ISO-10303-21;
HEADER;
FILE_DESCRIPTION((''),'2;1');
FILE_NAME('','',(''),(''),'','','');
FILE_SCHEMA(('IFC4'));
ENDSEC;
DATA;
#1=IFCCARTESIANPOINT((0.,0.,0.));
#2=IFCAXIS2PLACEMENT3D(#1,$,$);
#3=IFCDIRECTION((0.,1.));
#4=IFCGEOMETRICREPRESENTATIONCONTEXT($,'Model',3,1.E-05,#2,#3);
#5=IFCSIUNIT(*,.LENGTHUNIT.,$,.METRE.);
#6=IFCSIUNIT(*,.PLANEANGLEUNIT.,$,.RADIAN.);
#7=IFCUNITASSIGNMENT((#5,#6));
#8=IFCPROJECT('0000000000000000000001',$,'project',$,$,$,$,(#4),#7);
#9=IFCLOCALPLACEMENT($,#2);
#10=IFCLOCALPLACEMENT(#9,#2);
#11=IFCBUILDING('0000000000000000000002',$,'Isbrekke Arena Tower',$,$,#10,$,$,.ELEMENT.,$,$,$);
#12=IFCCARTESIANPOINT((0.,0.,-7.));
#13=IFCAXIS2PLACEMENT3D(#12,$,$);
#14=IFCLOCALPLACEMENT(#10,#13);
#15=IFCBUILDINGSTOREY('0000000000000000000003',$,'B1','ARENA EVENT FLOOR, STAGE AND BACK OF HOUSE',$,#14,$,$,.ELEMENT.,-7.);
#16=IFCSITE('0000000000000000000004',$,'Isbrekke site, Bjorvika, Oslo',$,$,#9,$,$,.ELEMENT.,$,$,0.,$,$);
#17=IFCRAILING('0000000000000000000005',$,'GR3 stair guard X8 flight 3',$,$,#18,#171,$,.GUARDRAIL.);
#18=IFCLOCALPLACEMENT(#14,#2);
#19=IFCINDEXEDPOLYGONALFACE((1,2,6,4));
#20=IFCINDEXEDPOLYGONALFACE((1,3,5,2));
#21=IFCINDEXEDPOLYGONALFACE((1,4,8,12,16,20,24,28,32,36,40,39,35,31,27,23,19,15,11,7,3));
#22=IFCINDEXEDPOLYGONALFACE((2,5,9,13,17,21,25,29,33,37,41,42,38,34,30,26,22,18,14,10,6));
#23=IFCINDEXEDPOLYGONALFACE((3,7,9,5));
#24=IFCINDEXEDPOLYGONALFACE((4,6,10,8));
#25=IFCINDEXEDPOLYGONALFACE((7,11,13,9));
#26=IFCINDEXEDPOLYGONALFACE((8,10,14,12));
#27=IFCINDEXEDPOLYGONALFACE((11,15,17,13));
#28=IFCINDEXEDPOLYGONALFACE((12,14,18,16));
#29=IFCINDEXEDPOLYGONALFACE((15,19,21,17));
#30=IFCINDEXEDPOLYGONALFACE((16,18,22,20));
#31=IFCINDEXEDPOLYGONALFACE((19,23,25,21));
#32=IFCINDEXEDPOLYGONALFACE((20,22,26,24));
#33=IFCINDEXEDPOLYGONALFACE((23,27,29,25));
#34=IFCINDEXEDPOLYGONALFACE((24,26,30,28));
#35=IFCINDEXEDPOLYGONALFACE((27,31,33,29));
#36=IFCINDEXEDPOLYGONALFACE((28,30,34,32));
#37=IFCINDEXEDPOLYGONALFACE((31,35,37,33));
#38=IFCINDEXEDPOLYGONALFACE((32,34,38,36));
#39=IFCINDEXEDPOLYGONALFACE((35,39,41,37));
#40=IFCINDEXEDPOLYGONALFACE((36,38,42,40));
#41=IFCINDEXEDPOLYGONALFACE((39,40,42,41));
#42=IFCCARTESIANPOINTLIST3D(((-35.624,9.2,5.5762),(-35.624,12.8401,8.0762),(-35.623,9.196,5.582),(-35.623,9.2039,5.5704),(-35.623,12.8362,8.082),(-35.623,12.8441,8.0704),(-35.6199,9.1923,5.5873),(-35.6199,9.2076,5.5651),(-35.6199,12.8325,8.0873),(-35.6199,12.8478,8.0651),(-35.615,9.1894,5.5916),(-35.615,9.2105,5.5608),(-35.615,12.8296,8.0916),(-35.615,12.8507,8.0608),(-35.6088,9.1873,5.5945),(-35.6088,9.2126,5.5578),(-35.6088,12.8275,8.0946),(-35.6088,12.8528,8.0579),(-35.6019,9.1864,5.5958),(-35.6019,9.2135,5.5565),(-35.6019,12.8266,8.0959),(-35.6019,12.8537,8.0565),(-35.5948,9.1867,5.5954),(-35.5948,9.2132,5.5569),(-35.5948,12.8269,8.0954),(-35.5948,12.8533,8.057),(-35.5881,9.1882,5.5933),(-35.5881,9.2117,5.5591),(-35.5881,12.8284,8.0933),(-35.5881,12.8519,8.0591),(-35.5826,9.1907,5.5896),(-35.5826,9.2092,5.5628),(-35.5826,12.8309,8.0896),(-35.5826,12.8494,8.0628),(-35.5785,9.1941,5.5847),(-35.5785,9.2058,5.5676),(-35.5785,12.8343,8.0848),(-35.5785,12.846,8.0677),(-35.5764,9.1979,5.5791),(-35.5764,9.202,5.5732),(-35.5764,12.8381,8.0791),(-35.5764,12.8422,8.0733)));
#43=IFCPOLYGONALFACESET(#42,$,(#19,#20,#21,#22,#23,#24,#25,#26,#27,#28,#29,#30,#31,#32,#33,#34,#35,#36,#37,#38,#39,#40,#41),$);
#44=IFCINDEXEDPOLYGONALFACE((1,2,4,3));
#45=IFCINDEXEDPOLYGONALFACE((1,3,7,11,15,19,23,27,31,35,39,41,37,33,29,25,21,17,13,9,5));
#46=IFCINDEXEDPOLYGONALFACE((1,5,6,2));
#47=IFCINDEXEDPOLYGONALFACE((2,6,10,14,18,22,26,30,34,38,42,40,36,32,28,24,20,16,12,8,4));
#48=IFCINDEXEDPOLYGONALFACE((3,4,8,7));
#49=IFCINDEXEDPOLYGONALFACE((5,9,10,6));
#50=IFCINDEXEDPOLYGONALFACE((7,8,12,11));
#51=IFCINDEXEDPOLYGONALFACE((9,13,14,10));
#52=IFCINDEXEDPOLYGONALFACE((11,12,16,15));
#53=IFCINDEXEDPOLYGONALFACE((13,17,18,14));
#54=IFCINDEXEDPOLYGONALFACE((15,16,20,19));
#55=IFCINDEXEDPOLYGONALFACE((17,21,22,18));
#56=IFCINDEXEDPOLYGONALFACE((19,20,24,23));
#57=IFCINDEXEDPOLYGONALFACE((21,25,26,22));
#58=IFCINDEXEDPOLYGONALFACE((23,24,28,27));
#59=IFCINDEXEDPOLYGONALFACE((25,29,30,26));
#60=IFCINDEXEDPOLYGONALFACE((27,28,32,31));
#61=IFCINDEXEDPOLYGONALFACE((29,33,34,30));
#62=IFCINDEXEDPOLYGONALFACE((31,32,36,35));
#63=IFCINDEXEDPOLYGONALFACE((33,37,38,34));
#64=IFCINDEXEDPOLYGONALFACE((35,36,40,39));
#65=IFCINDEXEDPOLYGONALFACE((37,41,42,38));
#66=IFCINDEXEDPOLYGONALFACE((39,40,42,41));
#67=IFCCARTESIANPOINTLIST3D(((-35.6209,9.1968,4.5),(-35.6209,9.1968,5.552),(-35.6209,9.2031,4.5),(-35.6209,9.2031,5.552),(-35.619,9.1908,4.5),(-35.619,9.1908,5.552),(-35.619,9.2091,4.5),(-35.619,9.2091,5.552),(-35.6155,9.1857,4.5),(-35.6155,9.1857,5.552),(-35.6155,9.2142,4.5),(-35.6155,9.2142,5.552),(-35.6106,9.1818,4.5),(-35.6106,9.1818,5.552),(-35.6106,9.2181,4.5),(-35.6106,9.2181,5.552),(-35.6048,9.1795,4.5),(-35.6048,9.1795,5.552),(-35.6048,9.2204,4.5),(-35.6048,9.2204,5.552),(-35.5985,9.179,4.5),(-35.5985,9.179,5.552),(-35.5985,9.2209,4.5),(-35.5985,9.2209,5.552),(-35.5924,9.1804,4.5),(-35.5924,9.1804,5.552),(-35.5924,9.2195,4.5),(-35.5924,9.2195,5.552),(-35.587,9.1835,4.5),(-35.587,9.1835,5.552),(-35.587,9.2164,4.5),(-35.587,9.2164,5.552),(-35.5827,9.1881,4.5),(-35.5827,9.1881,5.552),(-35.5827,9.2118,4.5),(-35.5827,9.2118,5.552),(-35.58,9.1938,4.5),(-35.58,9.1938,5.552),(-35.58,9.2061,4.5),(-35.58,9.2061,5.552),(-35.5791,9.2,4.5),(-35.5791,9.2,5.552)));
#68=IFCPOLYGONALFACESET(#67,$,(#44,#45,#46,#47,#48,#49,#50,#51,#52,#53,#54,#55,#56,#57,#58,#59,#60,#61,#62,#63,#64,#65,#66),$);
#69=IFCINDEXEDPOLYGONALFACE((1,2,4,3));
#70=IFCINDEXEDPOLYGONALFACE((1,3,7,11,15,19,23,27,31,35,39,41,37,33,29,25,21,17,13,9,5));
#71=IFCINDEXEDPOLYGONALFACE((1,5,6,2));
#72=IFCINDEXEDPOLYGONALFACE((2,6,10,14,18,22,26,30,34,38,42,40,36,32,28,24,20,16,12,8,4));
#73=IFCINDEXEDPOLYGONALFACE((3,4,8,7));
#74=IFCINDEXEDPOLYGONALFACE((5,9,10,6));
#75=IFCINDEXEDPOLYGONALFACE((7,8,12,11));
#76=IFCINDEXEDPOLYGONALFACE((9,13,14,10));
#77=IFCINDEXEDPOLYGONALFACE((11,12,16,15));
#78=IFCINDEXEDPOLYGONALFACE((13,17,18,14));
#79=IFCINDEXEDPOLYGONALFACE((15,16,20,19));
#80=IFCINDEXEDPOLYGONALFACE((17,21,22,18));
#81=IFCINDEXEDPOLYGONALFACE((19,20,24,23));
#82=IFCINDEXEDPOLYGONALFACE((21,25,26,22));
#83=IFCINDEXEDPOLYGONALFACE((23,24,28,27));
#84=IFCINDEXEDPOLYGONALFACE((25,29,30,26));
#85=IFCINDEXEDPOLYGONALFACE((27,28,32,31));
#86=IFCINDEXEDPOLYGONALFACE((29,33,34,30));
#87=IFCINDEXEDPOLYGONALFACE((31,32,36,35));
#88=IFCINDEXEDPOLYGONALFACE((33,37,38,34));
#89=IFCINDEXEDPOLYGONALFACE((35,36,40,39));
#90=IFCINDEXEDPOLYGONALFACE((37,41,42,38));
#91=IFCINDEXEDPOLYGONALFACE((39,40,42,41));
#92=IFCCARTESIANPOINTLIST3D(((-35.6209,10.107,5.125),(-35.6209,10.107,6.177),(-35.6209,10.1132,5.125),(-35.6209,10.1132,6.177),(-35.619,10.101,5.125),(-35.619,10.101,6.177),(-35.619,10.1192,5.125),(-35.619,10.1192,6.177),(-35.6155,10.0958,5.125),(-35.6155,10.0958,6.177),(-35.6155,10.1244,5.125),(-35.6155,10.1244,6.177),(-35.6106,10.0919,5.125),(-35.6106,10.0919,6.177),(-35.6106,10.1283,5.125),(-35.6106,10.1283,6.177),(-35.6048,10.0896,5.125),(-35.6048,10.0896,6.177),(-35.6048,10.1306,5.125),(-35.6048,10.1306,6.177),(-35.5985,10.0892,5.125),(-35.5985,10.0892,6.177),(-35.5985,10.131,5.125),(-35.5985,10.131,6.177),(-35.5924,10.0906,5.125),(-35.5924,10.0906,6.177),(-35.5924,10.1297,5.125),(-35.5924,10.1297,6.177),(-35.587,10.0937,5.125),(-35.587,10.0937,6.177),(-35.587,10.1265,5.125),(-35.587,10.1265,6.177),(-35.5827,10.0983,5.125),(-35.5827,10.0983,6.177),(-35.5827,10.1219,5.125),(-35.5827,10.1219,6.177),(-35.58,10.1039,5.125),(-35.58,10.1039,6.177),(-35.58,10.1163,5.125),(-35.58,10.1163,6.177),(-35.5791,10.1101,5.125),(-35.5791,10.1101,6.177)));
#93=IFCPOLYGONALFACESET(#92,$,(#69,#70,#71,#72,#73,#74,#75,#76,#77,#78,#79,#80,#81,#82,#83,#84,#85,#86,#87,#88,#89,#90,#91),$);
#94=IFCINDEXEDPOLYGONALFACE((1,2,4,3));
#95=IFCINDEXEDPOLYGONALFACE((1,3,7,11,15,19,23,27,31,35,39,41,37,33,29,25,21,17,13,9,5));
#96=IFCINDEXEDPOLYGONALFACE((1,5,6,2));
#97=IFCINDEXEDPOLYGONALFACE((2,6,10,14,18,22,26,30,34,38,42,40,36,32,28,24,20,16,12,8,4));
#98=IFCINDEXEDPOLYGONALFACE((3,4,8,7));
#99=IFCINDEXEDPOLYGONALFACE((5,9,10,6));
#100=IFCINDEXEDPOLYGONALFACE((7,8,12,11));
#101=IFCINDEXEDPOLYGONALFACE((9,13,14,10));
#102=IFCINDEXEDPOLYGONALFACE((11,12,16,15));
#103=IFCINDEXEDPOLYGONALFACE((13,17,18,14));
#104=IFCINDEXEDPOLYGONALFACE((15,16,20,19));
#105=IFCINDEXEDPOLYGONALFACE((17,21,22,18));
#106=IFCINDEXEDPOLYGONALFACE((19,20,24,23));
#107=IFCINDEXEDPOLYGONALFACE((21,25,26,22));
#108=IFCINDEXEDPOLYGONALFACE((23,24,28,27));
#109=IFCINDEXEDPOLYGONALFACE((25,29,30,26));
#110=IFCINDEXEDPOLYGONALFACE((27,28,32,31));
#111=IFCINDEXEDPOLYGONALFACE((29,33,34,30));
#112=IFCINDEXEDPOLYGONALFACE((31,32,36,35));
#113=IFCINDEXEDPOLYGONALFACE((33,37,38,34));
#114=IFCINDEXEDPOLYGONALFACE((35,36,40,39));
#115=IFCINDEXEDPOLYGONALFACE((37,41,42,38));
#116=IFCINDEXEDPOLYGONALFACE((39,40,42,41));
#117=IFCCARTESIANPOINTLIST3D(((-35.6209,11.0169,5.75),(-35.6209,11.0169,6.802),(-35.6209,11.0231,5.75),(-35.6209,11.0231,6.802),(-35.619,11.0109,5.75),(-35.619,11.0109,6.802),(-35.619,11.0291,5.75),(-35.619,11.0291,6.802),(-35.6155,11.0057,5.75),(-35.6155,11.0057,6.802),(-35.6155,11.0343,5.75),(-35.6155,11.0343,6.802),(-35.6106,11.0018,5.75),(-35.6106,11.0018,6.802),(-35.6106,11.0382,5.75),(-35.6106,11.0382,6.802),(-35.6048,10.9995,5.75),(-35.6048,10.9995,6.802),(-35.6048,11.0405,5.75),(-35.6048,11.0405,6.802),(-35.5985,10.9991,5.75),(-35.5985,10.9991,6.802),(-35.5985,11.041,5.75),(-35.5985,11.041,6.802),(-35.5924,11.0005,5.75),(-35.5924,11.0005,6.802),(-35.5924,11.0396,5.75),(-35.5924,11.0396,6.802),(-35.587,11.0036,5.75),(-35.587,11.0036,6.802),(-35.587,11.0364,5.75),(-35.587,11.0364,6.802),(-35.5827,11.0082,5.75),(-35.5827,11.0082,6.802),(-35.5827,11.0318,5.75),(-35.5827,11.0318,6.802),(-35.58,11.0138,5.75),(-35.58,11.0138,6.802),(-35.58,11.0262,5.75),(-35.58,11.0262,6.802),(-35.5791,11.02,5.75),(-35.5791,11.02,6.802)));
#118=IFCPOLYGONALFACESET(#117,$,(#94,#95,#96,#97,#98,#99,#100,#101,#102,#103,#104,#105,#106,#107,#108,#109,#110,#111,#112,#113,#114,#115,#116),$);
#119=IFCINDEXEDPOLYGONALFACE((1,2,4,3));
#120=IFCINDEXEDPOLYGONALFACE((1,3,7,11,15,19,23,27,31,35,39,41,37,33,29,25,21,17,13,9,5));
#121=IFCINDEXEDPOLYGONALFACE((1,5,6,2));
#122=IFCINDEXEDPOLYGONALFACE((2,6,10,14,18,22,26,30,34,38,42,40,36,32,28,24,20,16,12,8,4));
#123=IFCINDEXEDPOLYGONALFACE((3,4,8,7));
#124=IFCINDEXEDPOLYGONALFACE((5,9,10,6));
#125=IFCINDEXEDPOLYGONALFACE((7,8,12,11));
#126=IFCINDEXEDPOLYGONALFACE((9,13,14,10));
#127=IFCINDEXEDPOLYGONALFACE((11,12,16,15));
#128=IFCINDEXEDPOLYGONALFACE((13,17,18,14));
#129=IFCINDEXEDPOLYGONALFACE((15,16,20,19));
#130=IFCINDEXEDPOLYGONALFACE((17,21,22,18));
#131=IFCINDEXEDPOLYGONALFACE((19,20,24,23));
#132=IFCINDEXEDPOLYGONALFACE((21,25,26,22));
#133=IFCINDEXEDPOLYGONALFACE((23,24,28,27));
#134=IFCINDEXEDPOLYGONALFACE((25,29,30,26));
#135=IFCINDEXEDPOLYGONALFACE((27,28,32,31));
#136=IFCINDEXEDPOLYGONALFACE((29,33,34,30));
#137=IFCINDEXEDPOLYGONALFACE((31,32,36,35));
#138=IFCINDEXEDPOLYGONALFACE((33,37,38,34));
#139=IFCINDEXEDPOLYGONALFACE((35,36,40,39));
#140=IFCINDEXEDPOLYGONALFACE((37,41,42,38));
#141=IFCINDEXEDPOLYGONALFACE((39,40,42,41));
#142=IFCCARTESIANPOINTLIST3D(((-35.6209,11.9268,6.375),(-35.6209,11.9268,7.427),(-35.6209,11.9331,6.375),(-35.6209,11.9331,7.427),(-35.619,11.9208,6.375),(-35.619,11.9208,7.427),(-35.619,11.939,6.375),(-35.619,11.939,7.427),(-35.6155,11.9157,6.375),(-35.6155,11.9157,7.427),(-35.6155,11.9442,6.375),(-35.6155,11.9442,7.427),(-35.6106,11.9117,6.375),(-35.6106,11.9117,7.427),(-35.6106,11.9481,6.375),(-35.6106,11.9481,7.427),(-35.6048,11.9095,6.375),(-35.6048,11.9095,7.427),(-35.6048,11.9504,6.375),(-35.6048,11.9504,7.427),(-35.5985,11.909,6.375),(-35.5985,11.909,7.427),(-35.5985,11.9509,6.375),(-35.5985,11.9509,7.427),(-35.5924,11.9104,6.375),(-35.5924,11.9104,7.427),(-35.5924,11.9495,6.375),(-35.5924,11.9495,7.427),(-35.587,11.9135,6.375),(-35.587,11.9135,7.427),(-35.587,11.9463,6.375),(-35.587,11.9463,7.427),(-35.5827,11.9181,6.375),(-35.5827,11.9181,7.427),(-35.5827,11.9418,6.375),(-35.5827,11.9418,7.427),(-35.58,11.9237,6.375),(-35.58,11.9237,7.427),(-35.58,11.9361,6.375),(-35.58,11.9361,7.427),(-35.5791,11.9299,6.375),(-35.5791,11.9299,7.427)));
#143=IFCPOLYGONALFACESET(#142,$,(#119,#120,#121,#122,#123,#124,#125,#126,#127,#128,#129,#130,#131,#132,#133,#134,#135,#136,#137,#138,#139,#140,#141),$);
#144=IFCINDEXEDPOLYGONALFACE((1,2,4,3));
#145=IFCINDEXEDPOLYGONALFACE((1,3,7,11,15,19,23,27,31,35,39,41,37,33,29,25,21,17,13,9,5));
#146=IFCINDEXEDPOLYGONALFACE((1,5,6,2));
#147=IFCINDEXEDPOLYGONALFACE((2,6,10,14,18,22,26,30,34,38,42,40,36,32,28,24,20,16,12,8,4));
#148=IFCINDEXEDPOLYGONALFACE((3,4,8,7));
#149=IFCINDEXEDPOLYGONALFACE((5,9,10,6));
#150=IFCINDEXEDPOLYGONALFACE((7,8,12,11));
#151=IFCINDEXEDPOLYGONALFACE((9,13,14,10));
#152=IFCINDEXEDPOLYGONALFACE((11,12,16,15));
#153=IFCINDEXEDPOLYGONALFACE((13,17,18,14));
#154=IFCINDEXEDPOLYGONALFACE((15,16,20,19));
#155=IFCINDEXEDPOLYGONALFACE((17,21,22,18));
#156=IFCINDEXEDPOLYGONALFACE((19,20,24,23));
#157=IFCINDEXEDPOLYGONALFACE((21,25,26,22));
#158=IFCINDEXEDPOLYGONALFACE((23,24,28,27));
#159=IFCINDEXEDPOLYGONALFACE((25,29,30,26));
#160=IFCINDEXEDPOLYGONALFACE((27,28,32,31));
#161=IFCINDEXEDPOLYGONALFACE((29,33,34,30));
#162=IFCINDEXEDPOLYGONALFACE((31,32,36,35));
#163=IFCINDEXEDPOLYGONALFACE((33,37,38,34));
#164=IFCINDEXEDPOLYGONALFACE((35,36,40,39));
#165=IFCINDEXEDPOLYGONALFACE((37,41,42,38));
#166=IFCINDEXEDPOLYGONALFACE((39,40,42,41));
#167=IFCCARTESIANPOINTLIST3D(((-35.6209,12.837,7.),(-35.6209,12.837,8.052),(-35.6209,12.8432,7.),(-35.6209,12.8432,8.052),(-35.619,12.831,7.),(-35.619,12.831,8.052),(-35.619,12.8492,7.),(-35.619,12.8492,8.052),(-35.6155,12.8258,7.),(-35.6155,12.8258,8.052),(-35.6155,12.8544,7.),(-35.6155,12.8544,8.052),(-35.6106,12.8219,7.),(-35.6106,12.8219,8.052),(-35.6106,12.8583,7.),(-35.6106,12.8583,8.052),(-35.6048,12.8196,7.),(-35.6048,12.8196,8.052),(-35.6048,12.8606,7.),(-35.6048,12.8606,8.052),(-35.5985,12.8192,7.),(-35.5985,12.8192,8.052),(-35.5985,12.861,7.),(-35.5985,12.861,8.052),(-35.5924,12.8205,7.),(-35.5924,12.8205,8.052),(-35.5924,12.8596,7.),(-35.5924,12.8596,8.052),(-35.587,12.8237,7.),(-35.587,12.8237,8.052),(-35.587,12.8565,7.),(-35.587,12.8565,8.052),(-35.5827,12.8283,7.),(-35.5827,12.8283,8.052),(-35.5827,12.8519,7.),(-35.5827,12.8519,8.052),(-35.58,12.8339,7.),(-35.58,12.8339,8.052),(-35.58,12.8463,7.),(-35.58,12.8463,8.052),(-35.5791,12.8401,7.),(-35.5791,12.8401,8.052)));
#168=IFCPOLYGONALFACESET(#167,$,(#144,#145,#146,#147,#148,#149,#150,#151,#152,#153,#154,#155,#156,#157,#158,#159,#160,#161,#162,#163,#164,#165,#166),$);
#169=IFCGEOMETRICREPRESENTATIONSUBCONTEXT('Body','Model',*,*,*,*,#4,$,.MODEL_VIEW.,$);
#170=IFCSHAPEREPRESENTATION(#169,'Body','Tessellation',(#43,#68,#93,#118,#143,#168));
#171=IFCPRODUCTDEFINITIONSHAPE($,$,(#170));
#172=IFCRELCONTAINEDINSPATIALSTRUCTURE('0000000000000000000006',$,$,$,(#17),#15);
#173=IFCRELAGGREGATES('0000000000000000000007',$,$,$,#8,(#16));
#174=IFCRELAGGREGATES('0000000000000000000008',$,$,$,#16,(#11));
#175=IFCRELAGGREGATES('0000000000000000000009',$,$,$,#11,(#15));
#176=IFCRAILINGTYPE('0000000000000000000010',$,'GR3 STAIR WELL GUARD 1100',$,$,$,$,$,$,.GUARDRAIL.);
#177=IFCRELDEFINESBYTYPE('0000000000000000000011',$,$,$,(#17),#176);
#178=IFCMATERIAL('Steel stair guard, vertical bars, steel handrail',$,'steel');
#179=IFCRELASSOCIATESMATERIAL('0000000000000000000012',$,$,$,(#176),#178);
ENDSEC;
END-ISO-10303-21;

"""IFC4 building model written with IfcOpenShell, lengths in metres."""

from ifc_helpers import new_model, si_unit, direction, frame, origin, origin_2d, place, context, subcontext, project, spatial, circle, extrude, material, type_object, element, save


model = new_model("IFC4")

# Units and contexts
model_context = context("Model", 3, precision=1e-05, world=origin(), true_north=direction((0.0, 1.0)))
body_context = subcontext(model_context, "Body", "Model", "MODEL_VIEW")
ifc_project = project(units=[si_unit("LENGTHUNIT", "METRE"), si_unit("PLANEANGLEUNIT", "RADIAN")], contexts=[model_context])

# Site, building, storey
site_placement = place(None, origin())
site = spatial("IfcSite", under=ifc_project, at=site_placement, Name="Isbrekke site, Bjorvika, Oslo", CompositionType="ELEMENT", RefElevation=0.0)
building_placement = place(site_placement, origin())
building = spatial("IfcBuilding", under=site, at=building_placement, Name="Isbrekke Arena Tower", CompositionType="ELEMENT")
storey_placement = place(building_placement, frame((0.0, 0.0, -7.0)))
storey = spatial("IfcBuildingStorey", under=building, at=storey_placement, Name="B1", Description="ARENA EVENT FLOOR, STAGE AND BACK OF HOUSE", CompositionType="ELEMENT", Elevation=-7.0)

# Railing
ifc_material_1 = material(Name="Steel stair guard, vertical bars, steel handrail", Category="steel")
railing_type = type_object("IfcRailingType", Name="GR3 STAIR WELL GUARD 1100", PredefinedType="GUARDRAIL", material=ifc_material_1)
railing_1_placement = place(storey_placement, frame((-35.6001, 9.2, 4.5)))
element("IfcRailing", 1, at=railing_1_placement, inside=storey, type_object=railing_type, Name="GR3 stair guard X8 flight 3", PredefinedType="GUARDRAIL", context=body_context, shape_type="SweptSolid", body=[
    extrude(circle(Radius=0.0239, at=origin_2d()), frame((0.0, 0.0, 1.0762), z_axis=(0.0, 0.824316, 0.56613), x_axis=(-1.0, 0.0, 0.0)), (0.0, 0.0, 1.0), 4.416),
    extrude(circle(Radius=0.021, at=origin_2d()), origin(), (0.0, 0.0, 1.0), 1.052),
    extrude(circle(Radius=0.021, at=origin_2d()), frame((0.0, 0.9102, 0.625)), (0.0, 0.0, 1.0), 1.052),
    extrude(circle(Radius=0.021, at=origin_2d()), frame((0.0, 1.8201, 1.25)), (0.0, 0.0, 1.0), 1.052),
    extrude(circle(Radius=0.021, at=origin_2d()), frame((0.0, 2.73, 1.875)), (0.0, 0.0, 1.0), 1.052),
    extrude(circle(Radius=0.021, at=origin_2d()), frame((0.0, 3.6401, 2.5)), (0.0, 0.0, 1.0), 1.052),
])

save(model, "model.ifc")
